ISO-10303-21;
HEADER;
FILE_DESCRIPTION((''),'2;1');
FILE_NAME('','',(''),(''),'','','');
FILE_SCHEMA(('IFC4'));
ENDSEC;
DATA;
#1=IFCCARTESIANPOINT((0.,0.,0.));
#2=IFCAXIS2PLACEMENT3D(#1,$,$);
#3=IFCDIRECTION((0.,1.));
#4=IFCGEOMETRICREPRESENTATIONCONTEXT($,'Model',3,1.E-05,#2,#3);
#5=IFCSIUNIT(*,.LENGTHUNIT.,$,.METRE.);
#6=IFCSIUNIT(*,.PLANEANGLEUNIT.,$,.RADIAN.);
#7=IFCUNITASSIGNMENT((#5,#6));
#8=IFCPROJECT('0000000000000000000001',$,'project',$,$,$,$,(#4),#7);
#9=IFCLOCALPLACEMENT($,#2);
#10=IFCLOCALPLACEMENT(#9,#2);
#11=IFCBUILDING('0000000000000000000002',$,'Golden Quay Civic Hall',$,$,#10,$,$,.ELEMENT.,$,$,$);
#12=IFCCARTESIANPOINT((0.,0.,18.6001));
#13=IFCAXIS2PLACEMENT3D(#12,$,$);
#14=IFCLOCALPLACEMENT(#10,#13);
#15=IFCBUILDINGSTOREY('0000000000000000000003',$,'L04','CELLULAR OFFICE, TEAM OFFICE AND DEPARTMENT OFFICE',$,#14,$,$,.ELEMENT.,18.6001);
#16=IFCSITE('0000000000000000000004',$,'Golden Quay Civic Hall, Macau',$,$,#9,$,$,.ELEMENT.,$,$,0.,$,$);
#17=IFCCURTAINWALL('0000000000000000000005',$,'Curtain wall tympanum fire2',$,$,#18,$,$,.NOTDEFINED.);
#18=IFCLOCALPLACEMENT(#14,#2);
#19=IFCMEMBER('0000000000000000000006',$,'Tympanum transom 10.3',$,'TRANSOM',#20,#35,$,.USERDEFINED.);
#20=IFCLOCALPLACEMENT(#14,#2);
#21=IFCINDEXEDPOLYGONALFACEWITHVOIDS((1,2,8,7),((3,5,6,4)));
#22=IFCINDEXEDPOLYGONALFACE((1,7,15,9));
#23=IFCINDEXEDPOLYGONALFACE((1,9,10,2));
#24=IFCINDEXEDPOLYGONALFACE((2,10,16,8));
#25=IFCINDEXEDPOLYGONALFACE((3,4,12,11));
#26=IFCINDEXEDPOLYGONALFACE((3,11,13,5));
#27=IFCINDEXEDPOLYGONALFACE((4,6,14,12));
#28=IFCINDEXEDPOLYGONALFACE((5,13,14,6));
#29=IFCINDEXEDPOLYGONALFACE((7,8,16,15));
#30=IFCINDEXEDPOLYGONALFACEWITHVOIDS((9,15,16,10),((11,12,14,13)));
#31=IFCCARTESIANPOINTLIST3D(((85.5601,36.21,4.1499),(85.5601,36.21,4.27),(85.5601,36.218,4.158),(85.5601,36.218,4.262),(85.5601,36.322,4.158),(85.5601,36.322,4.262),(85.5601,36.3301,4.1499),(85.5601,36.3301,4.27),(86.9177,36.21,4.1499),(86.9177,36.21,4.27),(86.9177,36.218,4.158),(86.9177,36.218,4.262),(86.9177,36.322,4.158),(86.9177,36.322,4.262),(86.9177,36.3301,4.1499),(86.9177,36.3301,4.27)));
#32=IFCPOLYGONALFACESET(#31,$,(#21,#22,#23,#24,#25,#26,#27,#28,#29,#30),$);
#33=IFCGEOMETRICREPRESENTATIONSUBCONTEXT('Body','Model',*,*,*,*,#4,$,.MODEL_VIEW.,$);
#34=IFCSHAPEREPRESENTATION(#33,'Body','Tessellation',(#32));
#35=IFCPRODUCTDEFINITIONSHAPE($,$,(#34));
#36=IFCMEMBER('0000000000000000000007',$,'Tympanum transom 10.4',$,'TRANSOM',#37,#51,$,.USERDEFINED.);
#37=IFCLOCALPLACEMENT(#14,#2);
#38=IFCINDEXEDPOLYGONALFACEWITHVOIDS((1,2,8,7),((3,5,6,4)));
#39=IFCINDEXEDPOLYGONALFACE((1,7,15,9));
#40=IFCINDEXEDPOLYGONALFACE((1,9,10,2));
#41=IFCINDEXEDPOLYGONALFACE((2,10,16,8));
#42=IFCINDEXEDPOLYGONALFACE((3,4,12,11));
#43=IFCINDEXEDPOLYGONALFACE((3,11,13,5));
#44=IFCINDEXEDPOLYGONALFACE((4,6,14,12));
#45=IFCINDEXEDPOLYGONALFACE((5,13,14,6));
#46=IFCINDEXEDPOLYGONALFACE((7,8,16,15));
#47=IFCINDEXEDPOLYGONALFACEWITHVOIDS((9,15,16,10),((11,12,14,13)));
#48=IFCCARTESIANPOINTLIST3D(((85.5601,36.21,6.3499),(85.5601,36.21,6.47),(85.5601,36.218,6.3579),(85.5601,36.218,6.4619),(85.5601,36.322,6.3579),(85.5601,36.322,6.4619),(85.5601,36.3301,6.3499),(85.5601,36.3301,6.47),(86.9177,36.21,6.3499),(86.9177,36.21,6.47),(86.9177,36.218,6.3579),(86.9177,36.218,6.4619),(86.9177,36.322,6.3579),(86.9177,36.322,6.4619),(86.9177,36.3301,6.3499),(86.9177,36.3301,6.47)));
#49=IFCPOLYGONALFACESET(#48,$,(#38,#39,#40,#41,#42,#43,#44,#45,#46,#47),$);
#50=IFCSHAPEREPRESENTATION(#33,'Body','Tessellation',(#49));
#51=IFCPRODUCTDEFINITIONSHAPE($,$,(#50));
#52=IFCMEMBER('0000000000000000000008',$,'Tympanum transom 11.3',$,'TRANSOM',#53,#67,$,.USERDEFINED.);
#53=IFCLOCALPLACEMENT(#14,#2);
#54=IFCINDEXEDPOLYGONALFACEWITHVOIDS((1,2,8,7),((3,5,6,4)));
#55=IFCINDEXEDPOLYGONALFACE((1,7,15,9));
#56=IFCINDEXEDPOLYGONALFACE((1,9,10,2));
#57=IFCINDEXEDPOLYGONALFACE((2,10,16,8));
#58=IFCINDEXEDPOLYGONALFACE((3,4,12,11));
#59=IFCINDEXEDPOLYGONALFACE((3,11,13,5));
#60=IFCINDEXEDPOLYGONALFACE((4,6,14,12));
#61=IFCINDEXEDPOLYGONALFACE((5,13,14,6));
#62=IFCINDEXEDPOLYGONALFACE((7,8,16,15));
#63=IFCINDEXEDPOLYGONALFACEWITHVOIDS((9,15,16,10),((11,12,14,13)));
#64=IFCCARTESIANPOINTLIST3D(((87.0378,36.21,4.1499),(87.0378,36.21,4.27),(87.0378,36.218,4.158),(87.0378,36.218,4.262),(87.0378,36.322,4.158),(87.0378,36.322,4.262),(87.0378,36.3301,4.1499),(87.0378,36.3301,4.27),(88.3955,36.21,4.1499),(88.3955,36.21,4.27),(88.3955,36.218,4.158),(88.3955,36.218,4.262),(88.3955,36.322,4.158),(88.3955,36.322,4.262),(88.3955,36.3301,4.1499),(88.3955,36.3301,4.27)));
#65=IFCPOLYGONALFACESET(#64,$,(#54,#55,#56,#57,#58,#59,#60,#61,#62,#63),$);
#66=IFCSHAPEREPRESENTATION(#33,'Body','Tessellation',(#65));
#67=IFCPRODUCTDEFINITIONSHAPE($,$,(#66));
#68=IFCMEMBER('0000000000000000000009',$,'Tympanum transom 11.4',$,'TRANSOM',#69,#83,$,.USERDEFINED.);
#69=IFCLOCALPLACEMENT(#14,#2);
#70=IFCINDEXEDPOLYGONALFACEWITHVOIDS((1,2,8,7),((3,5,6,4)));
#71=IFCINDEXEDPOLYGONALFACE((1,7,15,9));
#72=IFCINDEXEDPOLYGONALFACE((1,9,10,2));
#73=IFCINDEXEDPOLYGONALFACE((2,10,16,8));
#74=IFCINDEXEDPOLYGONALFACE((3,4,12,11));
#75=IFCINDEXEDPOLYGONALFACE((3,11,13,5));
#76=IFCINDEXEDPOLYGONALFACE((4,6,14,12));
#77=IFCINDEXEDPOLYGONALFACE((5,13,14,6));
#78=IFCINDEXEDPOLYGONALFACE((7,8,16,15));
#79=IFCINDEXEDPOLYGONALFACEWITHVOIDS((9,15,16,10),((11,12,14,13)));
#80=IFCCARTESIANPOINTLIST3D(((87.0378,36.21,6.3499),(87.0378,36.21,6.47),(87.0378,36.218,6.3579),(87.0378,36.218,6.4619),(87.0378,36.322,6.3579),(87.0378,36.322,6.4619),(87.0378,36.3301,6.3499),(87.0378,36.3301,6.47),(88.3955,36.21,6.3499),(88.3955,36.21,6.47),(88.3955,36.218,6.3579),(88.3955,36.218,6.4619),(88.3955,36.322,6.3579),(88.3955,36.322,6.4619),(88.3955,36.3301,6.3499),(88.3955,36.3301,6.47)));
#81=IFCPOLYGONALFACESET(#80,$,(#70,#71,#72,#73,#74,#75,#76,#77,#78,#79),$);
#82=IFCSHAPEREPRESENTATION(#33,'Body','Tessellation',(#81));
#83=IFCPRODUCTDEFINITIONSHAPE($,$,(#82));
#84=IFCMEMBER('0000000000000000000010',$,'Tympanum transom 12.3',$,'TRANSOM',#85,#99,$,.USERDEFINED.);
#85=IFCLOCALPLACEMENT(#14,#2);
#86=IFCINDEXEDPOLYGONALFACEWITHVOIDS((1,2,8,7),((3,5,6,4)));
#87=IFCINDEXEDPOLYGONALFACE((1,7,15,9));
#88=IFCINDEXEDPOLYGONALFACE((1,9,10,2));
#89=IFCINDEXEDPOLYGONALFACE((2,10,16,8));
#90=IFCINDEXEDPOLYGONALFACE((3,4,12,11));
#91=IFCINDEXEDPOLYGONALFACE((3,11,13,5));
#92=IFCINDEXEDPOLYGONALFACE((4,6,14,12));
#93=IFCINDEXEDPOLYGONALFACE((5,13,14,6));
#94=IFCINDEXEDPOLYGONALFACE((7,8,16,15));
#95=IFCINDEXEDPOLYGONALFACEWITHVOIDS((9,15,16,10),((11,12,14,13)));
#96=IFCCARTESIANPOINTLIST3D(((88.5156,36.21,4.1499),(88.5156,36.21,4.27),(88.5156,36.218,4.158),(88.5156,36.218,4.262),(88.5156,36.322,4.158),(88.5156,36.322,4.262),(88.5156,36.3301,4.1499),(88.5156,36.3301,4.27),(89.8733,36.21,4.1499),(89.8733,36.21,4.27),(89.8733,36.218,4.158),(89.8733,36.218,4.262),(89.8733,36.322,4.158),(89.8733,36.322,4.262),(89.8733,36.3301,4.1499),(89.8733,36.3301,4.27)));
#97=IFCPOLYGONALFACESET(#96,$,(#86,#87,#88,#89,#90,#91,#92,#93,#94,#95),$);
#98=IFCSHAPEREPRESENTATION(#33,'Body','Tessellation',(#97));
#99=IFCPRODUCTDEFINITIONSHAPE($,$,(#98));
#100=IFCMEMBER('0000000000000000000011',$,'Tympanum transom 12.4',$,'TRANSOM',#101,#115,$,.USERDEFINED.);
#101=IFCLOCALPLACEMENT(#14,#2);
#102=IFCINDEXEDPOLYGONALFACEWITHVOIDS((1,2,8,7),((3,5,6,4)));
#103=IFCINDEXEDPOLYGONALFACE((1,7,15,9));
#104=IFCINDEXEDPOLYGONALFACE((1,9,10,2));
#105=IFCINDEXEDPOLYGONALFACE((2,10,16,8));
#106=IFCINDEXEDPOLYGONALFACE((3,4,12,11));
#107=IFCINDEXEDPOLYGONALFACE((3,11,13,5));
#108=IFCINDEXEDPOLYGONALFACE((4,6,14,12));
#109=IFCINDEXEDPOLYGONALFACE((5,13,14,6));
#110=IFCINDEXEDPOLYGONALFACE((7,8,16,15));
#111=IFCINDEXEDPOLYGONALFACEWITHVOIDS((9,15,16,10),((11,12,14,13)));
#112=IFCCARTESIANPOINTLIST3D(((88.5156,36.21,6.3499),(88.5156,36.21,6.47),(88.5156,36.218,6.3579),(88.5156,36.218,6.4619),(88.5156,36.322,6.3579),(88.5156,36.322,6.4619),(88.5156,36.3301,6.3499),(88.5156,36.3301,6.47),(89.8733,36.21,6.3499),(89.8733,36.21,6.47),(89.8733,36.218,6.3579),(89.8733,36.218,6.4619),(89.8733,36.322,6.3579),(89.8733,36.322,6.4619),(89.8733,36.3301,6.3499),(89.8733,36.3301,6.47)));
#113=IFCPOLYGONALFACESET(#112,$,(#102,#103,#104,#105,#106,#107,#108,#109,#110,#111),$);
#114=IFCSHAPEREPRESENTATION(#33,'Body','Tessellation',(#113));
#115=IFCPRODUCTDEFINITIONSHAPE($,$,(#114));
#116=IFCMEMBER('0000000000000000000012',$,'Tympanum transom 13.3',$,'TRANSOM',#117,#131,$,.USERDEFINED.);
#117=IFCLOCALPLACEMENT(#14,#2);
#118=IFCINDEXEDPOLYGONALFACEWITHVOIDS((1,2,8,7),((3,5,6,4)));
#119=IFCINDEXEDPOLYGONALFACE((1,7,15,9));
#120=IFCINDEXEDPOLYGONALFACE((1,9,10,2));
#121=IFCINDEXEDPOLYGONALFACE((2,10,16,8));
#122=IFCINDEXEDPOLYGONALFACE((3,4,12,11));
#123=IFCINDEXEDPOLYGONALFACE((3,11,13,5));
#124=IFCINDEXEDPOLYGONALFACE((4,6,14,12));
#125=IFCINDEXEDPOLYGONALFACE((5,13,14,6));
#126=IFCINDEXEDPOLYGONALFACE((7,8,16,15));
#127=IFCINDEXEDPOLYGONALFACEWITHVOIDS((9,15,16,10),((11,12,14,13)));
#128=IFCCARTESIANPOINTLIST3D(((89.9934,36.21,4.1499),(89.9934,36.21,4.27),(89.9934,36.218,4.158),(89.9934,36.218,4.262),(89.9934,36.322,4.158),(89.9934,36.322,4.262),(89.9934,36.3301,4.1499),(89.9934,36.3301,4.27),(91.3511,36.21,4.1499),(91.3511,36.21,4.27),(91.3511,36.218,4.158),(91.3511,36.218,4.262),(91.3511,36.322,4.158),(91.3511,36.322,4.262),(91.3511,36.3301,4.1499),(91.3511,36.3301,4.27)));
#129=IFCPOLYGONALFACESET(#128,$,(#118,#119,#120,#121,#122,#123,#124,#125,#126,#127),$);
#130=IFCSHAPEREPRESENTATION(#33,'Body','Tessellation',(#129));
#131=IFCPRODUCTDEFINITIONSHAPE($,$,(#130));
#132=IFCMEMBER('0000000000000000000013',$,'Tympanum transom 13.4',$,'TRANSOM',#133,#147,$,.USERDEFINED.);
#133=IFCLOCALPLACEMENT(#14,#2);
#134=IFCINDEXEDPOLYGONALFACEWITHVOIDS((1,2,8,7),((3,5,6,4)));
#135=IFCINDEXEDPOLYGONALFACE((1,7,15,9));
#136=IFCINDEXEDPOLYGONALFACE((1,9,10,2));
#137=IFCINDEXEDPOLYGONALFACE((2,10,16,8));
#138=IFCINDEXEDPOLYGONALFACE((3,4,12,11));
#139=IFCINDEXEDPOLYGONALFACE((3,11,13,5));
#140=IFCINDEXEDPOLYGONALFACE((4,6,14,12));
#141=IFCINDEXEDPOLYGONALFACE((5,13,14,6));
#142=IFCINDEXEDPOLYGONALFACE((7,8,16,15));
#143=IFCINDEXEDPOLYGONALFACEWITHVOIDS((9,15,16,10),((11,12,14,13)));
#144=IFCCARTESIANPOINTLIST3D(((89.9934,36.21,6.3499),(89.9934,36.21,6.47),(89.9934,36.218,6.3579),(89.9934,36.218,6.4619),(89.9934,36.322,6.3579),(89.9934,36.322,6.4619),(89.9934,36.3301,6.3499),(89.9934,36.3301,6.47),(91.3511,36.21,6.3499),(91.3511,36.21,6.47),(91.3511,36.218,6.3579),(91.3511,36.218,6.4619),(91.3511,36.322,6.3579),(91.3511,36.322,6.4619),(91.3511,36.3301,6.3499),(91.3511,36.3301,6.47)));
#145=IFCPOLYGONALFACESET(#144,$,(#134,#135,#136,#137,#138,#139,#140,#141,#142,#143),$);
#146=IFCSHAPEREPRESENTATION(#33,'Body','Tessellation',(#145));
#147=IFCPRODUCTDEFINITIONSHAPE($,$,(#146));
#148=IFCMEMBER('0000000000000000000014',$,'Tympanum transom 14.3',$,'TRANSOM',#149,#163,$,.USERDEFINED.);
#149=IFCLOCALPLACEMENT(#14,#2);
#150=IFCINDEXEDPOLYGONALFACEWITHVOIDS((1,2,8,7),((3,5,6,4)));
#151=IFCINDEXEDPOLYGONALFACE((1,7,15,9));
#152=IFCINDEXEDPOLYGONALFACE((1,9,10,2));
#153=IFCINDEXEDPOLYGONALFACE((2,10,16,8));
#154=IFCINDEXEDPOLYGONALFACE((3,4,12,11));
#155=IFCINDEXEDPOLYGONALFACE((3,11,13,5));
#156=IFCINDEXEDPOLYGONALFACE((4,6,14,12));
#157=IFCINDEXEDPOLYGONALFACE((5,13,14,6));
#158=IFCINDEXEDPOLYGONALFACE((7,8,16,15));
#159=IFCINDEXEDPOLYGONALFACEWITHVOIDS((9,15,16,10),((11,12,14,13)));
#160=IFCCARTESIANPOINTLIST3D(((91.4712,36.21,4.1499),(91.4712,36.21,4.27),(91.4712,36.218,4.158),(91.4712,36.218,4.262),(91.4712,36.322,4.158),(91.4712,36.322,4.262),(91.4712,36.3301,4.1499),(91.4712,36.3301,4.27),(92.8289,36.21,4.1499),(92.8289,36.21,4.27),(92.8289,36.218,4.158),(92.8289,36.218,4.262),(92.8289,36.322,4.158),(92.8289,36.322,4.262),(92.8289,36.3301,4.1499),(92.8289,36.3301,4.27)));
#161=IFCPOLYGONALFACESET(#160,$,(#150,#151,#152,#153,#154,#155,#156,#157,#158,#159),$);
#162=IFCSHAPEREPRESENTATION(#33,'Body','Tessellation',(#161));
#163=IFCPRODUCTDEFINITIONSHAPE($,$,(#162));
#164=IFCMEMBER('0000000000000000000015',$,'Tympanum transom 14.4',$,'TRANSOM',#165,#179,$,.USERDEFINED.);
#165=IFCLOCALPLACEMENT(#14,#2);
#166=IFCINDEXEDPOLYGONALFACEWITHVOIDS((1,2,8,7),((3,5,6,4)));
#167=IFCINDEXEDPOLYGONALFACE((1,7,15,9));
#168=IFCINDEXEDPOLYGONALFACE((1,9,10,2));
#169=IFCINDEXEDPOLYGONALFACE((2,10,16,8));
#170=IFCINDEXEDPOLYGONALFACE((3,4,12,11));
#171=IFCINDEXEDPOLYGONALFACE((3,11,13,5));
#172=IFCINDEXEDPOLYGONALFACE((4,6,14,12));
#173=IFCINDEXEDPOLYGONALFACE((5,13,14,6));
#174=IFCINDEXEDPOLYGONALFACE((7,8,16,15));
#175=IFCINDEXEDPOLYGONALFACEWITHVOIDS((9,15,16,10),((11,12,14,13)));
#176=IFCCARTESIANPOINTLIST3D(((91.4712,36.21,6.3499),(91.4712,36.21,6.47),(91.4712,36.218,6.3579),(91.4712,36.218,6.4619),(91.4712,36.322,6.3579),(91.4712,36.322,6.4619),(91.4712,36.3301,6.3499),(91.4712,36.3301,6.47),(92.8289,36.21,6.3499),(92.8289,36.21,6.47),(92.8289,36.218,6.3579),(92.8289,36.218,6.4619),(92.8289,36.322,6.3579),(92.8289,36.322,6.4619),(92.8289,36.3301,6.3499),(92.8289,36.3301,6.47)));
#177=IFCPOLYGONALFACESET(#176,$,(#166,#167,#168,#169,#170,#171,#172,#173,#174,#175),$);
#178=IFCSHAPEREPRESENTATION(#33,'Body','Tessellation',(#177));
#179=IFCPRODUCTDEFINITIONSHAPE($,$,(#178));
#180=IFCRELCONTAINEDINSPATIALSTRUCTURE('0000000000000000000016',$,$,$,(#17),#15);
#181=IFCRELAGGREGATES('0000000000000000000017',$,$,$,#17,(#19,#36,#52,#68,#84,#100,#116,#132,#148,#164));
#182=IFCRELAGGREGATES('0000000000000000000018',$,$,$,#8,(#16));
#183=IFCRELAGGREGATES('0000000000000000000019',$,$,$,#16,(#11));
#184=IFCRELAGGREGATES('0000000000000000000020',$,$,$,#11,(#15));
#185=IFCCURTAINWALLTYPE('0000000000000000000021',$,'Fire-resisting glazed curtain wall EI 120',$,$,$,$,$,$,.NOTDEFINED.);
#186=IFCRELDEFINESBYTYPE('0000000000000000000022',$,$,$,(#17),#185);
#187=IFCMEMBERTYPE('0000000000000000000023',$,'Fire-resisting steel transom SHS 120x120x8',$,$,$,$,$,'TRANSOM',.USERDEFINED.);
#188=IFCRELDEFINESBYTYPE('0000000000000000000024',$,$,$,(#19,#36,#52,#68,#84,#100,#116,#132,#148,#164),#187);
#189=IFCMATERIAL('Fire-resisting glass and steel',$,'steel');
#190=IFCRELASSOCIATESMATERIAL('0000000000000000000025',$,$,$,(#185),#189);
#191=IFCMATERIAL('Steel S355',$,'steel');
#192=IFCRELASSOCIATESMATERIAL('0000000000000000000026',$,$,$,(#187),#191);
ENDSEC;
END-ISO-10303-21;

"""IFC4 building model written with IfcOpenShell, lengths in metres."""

from ifc_helpers import new_model, si_unit, direction, frame, origin, origin_2d, place, context, subcontext, project, spatial, hollow_rectangle, extrude, material, material_profile, profile_set, type_object, element, aggregate, save


model = new_model("IFC4")

# Units and contexts
model_context = context("Model", 3, precision=1e-05, world=origin(), true_north=direction((0.0, 1.0)))
body_context = subcontext(model_context, "Body", "Model", "MODEL_VIEW")
ifc_project = project(units=[si_unit("LENGTHUNIT", "METRE"), si_unit("PLANEANGLEUNIT", "RADIAN")], contexts=[model_context])

# Site, building, storey
site_placement = place(None, origin())
site = spatial("IfcSite", under=ifc_project, at=site_placement, Name="Golden Quay Civic Hall, Macau", CompositionType="ELEMENT", RefElevation=0.0)
building_placement = place(site_placement, origin())
building = spatial("IfcBuilding", under=site, at=building_placement, Name="Golden Quay Civic Hall", CompositionType="ELEMENT")
storey_placement = place(building_placement, frame((0.0, 0.0, 18.6001)))
storey = spatial("IfcBuildingStorey", under=building, at=storey_placement, Name="L04", Description="CELLULAR OFFICE, TEAM OFFICE AND DEPARTMENT OFFICE", CompositionType="ELEMENT", Elevation=18.6001)

# Curtain wall, members
ifc_material_1 = material(Name="Fire-resisting glass and steel", Category="steel")
curtain_wall_type = type_object("IfcCurtainWallType", Name="Fire-resisting glazed curtain wall EI 120", PredefinedType="NOTDEFINED", material=ifc_material_1)
curtain_wall_placement = place(storey_placement, origin())
curtain_wall = element("IfcCurtainWall", 1, at=curtain_wall_placement, inside=storey, type_object=curtain_wall_type, Name="Curtain wall tympanum fire2", PredefinedType="NOTDEFINED")
ifc_material_2 = material(Name="Steel S355", Category="steel")
ifc_material_profile_1 = material_profile(ifc_material_2, hollow_rectangle(XDim=0.1201, YDim=0.1201, WallThickness=0.0081, at=origin_2d()), Name="SHS 120x120x8")
ifc_profile_set_1 = profile_set([ifc_material_profile_1], Name="Steel S355")
member_type_1 = type_object("IfcMemberType", Name="Fire-resisting steel transom SHS 120x120x8", ElementType="TRANSOM", PredefinedType="USERDEFINED", material=ifc_profile_set_1)
member_1_placement = place(storey_placement, frame((85.5601, 36.27, 4.21), z_axis=(1.0, 0.0, 0.0), x_axis=(0.0, 1.0, 0.0)))
member_1 = element("IfcMember", 2, at=member_1_placement, type_object=member_type_1, Name="Tympanum transom 10.3", ObjectType="TRANSOM", PredefinedType="USERDEFINED", context=body_context, shape_type="SweptSolid", body=[
    extrude(hollow_rectangle(XDim=0.1201, YDim=0.1201, WallThickness=0.0081, at=origin_2d()), origin(), (0.0, 0.0, 1.0), 1.3577),
])
member_2_placement = place(storey_placement, frame((85.5601, 36.27, 6.4099), z_axis=(1.0, 0.0, 0.0), x_axis=(0.0, 1.0, 0.0)))
member_2 = element("IfcMember", 3, at=member_2_placement, type_object=member_type_1, Name="Tympanum transom 10.4", ObjectType="TRANSOM", PredefinedType="USERDEFINED", context=body_context, shape_type="SweptSolid", body=[
    extrude(hollow_rectangle(XDim=0.1201, YDim=0.1201, WallThickness=0.0081, at=origin_2d()), origin(), (0.0, 0.0, 1.0), 1.3577),
])
member_3_placement = place(storey_placement, frame((87.0378, 36.27, 4.21), z_axis=(1.0, 0.0, 0.0), x_axis=(0.0, 1.0, 0.0)))
member_3 = element("IfcMember", 4, at=member_3_placement, type_object=member_type_1, Name="Tympanum transom 11.3", ObjectType="TRANSOM", PredefinedType="USERDEFINED", context=body_context, shape_type="SweptSolid", body=[
    extrude(hollow_rectangle(XDim=0.1201, YDim=0.1201, WallThickness=0.0081, at=origin_2d()), origin(), (0.0, 0.0, 1.0), 1.3577),
])
member_4_placement = place(storey_placement, frame((87.0378, 36.27, 6.4099), z_axis=(1.0, 0.0, 0.0), x_axis=(0.0, 1.0, 0.0)))
member_4 = element("IfcMember", 5, at=member_4_placement, type_object=member_type_1, Name="Tympanum transom 11.4", ObjectType="TRANSOM", PredefinedType="USERDEFINED", context=body_context, shape_type="SweptSolid", body=[
    extrude(hollow_rectangle(XDim=0.1201, YDim=0.1201, WallThickness=0.0081, at=origin_2d()), origin(), (0.0, 0.0, 1.0), 1.3577),
])
member_5_placement = place(storey_placement, frame((88.5156, 36.27, 4.21), z_axis=(1.0, 0.0, 0.0), x_axis=(0.0, 1.0, 0.0)))
member_5 = element("IfcMember", 6, at=member_5_placement, type_object=member_type_1, Name="Tympanum transom 12.3", ObjectType="TRANSOM", PredefinedType="USERDEFINED", context=body_context, shape_type="SweptSolid", body=[
    extrude(hollow_rectangle(XDim=0.1201, YDim=0.1201, WallThickness=0.0081, at=origin_2d()), origin(), (0.0, 0.0, 1.0), 1.3577),
])
member_6_placement = place(storey_placement, frame((88.5156, 36.27, 6.4099), z_axis=(1.0, 0.0, 0.0), x_axis=(0.0, 1.0, 0.0)))
member_6 = element("IfcMember", 7, at=member_6_placement, type_object=member_type_1, Name="Tympanum transom 12.4", ObjectType="TRANSOM", PredefinedType="USERDEFINED", context=body_context, shape_type="SweptSolid", body=[
    extrude(hollow_rectangle(XDim=0.1201, YDim=0.1201, WallThickness=0.0081, at=origin_2d()), origin(), (0.0, 0.0, 1.0), 1.3577),
])
member_7_placement = place(storey_placement, frame((89.9934, 36.27, 4.21), z_axis=(1.0, 0.0, 0.0), x_axis=(0.0, 1.0, 0.0)))
member_7 = element("IfcMember", 8, at=member_7_placement, type_object=member_type_1, Name="Tympanum transom 13.3", ObjectType="TRANSOM", PredefinedType="USERDEFINED", context=body_context, shape_type="SweptSolid", body=[
    extrude(hollow_rectangle(XDim=0.1201, YDim=0.1201, WallThickness=0.0081, at=origin_2d()), origin(), (0.0, 0.0, 1.0), 1.3577),
])
member_8_placement = place(storey_placement, frame((89.9934, 36.27, 6.4099), z_axis=(1.0, 0.0, 0.0), x_axis=(0.0, 1.0, 0.0)))
member_8 = element("IfcMember", 9, at=member_8_placement, type_object=member_type_1, Name="Tympanum transom 13.4", ObjectType="TRANSOM", PredefinedType="USERDEFINED", context=body_context, shape_type="SweptSolid", body=[
    extrude(hollow_rectangle(XDim=0.1201, YDim=0.1201, WallThickness=0.0081, at=origin_2d()), origin(), (0.0, 0.0, 1.0), 1.3577),
])
member_9_placement = place(storey_placement, frame((91.4712, 36.27, 4.21), z_axis=(1.0, 0.0, 0.0), x_axis=(0.0, 1.0, 0.0)))
member_9 = element("IfcMember", 10, at=member_9_placement, type_object=member_type_1, Name="Tympanum transom 14.3", ObjectType="TRANSOM", PredefinedType="USERDEFINED", context=body_context, shape_type="SweptSolid", body=[
    extrude(hollow_rectangle(XDim=0.1201, YDim=0.1201, WallThickness=0.0081, at=origin_2d()), origin(), (0.0, 0.0, 1.0), 1.3577),
])
member_10_placement = place(storey_placement, frame((91.4712, 36.27, 6.4099), z_axis=(1.0, 0.0, 0.0), x_axis=(0.0, 1.0, 0.0)))
member_10 = element("IfcMember", 11, at=member_10_placement, type_object=member_type_1, Name="Tympanum transom 14.4", ObjectType="TRANSOM", PredefinedType="USERDEFINED", context=body_context, shape_type="SweptSolid", body=[
    extrude(hollow_rectangle(XDim=0.1201, YDim=0.1201, WallThickness=0.0081, at=origin_2d()), origin(), (0.0, 0.0, 1.0), 1.3577),
])

aggregate(curtain_wall, [member_1, member_2, member_3, member_4, member_5, member_6, member_7, member_8, member_9, member_10])

save(model, "model.ifc")
